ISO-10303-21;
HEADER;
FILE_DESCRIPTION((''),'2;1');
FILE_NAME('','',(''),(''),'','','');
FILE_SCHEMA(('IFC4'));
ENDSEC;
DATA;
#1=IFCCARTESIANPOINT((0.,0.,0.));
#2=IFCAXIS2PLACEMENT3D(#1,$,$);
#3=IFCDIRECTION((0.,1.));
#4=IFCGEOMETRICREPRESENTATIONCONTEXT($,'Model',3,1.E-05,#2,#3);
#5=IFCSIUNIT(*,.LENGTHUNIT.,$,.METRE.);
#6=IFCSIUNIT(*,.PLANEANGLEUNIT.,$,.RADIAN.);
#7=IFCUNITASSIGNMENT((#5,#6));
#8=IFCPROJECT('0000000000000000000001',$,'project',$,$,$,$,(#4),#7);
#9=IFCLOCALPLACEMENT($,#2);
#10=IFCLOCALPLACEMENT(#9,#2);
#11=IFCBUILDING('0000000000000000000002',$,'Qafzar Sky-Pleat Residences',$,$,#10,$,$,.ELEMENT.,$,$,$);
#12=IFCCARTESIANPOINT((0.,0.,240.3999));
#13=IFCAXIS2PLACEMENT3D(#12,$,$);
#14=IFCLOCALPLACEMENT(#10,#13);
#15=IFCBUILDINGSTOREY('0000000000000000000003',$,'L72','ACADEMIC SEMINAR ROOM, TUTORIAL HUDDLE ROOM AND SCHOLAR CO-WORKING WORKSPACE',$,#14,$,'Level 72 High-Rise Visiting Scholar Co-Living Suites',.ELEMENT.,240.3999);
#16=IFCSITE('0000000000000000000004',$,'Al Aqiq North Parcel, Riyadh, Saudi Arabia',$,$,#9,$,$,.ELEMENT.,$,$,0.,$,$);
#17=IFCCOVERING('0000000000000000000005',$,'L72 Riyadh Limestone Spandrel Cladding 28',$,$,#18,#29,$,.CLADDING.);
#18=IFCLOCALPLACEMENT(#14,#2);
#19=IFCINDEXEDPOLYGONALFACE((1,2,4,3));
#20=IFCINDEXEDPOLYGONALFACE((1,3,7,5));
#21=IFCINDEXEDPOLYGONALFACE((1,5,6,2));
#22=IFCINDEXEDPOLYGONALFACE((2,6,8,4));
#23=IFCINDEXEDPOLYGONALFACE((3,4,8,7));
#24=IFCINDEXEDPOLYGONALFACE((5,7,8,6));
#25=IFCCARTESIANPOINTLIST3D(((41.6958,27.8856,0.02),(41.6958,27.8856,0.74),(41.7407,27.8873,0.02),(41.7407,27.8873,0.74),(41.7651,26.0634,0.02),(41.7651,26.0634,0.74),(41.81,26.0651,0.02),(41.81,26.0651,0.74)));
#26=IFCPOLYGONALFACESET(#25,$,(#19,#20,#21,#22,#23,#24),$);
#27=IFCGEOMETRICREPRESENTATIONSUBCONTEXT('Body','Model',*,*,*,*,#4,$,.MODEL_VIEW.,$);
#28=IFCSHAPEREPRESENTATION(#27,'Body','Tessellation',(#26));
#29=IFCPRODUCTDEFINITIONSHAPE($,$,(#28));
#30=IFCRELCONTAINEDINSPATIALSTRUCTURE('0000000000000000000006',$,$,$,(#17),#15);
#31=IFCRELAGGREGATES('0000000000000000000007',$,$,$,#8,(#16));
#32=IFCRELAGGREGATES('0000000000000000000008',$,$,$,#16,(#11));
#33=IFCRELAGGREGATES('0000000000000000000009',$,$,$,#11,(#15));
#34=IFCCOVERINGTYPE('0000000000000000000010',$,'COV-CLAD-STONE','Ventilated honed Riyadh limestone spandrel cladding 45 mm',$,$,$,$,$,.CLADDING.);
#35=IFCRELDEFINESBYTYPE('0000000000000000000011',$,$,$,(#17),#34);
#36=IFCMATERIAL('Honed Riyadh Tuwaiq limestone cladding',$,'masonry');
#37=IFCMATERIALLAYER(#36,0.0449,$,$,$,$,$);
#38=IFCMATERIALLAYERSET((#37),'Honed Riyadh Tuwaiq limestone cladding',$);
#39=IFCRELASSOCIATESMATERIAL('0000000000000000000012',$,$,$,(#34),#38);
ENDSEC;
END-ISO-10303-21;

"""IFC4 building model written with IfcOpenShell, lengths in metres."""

from ifc_helpers import new_model, si_unit, direction, frame, origin, origin_2d, place, context, subcontext, project, spatial, rectangle, extrude, source, transform, mapped, material, layer, layer_set, type_object, element, save


model = new_model("IFC4")

# Units and contexts
model_context = context("Model", 3, precision=1e-05, world=origin(), true_north=direction((0.0, 1.0)))
body_context = subcontext(model_context, "Body", "Model", "MODEL_VIEW")
ifc_project = project(units=[si_unit("LENGTHUNIT", "METRE"), si_unit("PLANEANGLEUNIT", "RADIAN")], contexts=[model_context])

# Site, building, storey
site_placement = place(None, origin())
site = spatial("IfcSite", under=ifc_project, at=site_placement, Name="Al Aqiq North Parcel, Riyadh, Saudi Arabia", CompositionType="ELEMENT", RefElevation=0.0)
building_placement = place(site_placement, origin())
building = spatial("IfcBuilding", under=site, at=building_placement, Name="Qafzar Sky-Pleat Residences", CompositionType="ELEMENT")
storey_placement = place(building_placement, frame((0.0, 0.0, 240.3999)))
storey = spatial("IfcBuildingStorey", under=building, at=storey_placement, Name="L72", Description="ACADEMIC SEMINAR ROOM, TUTORIAL HUDDLE ROOM AND SCHOLAR CO-WORKING WORKSPACE", LongName="Level 72 High-Rise Visiting Scholar Co-Living Suites", CompositionType="ELEMENT", Elevation=240.3999)

# Covering
ifc_material_1 = material(Name="Honed Riyadh Tuwaiq limestone cladding", Category="masonry")
ifc_layer_1 = layer(ifc_material_1, 0.0449)
ifc_layer_set_1 = layer_set([ifc_layer_1], Name="Honed Riyadh Tuwaiq limestone cladding")
covering_type = type_object("IfcCoveringType", Name="COV-CLAD-STONE", Description="Ventilated honed Riyadh limestone spandrel cladding 45 mm", PredefinedType="CLADDING", material=ifc_layer_set_1)
shared_shape_1 = source(origin(), body_context, "Body", "SweptSolid", [
    extrude(rectangle(XDim=1.8235, YDim=0.0449, at=origin_2d()), origin(), (0.0, 0.0, 1.0), 0.72),
])
covering_placement = place(storey_placement, frame((41.7529, 26.9753, 0.02), z_axis=(0.0, 0.0, 1.0), x_axis=(-0.038003, 0.999278, 0.0)))
element("IfcCovering", 1, at=covering_placement, inside=storey, type_object=covering_type, Name="L72 Riyadh Limestone Spandrel Cladding 28", PredefinedType="CLADDING", context=body_context, shape_type="MappedRepresentation", body=[
    mapped(shared_shape_1, transform((0.0, 0.0, 0.0), x_axis=(1.0, 0.0, 0.0), y_axis=(0.0, 1.0, 0.0), z_axis=(0.0, 0.0, 1.0), scale=1.0)),
])

save(model, "model.ifc")
